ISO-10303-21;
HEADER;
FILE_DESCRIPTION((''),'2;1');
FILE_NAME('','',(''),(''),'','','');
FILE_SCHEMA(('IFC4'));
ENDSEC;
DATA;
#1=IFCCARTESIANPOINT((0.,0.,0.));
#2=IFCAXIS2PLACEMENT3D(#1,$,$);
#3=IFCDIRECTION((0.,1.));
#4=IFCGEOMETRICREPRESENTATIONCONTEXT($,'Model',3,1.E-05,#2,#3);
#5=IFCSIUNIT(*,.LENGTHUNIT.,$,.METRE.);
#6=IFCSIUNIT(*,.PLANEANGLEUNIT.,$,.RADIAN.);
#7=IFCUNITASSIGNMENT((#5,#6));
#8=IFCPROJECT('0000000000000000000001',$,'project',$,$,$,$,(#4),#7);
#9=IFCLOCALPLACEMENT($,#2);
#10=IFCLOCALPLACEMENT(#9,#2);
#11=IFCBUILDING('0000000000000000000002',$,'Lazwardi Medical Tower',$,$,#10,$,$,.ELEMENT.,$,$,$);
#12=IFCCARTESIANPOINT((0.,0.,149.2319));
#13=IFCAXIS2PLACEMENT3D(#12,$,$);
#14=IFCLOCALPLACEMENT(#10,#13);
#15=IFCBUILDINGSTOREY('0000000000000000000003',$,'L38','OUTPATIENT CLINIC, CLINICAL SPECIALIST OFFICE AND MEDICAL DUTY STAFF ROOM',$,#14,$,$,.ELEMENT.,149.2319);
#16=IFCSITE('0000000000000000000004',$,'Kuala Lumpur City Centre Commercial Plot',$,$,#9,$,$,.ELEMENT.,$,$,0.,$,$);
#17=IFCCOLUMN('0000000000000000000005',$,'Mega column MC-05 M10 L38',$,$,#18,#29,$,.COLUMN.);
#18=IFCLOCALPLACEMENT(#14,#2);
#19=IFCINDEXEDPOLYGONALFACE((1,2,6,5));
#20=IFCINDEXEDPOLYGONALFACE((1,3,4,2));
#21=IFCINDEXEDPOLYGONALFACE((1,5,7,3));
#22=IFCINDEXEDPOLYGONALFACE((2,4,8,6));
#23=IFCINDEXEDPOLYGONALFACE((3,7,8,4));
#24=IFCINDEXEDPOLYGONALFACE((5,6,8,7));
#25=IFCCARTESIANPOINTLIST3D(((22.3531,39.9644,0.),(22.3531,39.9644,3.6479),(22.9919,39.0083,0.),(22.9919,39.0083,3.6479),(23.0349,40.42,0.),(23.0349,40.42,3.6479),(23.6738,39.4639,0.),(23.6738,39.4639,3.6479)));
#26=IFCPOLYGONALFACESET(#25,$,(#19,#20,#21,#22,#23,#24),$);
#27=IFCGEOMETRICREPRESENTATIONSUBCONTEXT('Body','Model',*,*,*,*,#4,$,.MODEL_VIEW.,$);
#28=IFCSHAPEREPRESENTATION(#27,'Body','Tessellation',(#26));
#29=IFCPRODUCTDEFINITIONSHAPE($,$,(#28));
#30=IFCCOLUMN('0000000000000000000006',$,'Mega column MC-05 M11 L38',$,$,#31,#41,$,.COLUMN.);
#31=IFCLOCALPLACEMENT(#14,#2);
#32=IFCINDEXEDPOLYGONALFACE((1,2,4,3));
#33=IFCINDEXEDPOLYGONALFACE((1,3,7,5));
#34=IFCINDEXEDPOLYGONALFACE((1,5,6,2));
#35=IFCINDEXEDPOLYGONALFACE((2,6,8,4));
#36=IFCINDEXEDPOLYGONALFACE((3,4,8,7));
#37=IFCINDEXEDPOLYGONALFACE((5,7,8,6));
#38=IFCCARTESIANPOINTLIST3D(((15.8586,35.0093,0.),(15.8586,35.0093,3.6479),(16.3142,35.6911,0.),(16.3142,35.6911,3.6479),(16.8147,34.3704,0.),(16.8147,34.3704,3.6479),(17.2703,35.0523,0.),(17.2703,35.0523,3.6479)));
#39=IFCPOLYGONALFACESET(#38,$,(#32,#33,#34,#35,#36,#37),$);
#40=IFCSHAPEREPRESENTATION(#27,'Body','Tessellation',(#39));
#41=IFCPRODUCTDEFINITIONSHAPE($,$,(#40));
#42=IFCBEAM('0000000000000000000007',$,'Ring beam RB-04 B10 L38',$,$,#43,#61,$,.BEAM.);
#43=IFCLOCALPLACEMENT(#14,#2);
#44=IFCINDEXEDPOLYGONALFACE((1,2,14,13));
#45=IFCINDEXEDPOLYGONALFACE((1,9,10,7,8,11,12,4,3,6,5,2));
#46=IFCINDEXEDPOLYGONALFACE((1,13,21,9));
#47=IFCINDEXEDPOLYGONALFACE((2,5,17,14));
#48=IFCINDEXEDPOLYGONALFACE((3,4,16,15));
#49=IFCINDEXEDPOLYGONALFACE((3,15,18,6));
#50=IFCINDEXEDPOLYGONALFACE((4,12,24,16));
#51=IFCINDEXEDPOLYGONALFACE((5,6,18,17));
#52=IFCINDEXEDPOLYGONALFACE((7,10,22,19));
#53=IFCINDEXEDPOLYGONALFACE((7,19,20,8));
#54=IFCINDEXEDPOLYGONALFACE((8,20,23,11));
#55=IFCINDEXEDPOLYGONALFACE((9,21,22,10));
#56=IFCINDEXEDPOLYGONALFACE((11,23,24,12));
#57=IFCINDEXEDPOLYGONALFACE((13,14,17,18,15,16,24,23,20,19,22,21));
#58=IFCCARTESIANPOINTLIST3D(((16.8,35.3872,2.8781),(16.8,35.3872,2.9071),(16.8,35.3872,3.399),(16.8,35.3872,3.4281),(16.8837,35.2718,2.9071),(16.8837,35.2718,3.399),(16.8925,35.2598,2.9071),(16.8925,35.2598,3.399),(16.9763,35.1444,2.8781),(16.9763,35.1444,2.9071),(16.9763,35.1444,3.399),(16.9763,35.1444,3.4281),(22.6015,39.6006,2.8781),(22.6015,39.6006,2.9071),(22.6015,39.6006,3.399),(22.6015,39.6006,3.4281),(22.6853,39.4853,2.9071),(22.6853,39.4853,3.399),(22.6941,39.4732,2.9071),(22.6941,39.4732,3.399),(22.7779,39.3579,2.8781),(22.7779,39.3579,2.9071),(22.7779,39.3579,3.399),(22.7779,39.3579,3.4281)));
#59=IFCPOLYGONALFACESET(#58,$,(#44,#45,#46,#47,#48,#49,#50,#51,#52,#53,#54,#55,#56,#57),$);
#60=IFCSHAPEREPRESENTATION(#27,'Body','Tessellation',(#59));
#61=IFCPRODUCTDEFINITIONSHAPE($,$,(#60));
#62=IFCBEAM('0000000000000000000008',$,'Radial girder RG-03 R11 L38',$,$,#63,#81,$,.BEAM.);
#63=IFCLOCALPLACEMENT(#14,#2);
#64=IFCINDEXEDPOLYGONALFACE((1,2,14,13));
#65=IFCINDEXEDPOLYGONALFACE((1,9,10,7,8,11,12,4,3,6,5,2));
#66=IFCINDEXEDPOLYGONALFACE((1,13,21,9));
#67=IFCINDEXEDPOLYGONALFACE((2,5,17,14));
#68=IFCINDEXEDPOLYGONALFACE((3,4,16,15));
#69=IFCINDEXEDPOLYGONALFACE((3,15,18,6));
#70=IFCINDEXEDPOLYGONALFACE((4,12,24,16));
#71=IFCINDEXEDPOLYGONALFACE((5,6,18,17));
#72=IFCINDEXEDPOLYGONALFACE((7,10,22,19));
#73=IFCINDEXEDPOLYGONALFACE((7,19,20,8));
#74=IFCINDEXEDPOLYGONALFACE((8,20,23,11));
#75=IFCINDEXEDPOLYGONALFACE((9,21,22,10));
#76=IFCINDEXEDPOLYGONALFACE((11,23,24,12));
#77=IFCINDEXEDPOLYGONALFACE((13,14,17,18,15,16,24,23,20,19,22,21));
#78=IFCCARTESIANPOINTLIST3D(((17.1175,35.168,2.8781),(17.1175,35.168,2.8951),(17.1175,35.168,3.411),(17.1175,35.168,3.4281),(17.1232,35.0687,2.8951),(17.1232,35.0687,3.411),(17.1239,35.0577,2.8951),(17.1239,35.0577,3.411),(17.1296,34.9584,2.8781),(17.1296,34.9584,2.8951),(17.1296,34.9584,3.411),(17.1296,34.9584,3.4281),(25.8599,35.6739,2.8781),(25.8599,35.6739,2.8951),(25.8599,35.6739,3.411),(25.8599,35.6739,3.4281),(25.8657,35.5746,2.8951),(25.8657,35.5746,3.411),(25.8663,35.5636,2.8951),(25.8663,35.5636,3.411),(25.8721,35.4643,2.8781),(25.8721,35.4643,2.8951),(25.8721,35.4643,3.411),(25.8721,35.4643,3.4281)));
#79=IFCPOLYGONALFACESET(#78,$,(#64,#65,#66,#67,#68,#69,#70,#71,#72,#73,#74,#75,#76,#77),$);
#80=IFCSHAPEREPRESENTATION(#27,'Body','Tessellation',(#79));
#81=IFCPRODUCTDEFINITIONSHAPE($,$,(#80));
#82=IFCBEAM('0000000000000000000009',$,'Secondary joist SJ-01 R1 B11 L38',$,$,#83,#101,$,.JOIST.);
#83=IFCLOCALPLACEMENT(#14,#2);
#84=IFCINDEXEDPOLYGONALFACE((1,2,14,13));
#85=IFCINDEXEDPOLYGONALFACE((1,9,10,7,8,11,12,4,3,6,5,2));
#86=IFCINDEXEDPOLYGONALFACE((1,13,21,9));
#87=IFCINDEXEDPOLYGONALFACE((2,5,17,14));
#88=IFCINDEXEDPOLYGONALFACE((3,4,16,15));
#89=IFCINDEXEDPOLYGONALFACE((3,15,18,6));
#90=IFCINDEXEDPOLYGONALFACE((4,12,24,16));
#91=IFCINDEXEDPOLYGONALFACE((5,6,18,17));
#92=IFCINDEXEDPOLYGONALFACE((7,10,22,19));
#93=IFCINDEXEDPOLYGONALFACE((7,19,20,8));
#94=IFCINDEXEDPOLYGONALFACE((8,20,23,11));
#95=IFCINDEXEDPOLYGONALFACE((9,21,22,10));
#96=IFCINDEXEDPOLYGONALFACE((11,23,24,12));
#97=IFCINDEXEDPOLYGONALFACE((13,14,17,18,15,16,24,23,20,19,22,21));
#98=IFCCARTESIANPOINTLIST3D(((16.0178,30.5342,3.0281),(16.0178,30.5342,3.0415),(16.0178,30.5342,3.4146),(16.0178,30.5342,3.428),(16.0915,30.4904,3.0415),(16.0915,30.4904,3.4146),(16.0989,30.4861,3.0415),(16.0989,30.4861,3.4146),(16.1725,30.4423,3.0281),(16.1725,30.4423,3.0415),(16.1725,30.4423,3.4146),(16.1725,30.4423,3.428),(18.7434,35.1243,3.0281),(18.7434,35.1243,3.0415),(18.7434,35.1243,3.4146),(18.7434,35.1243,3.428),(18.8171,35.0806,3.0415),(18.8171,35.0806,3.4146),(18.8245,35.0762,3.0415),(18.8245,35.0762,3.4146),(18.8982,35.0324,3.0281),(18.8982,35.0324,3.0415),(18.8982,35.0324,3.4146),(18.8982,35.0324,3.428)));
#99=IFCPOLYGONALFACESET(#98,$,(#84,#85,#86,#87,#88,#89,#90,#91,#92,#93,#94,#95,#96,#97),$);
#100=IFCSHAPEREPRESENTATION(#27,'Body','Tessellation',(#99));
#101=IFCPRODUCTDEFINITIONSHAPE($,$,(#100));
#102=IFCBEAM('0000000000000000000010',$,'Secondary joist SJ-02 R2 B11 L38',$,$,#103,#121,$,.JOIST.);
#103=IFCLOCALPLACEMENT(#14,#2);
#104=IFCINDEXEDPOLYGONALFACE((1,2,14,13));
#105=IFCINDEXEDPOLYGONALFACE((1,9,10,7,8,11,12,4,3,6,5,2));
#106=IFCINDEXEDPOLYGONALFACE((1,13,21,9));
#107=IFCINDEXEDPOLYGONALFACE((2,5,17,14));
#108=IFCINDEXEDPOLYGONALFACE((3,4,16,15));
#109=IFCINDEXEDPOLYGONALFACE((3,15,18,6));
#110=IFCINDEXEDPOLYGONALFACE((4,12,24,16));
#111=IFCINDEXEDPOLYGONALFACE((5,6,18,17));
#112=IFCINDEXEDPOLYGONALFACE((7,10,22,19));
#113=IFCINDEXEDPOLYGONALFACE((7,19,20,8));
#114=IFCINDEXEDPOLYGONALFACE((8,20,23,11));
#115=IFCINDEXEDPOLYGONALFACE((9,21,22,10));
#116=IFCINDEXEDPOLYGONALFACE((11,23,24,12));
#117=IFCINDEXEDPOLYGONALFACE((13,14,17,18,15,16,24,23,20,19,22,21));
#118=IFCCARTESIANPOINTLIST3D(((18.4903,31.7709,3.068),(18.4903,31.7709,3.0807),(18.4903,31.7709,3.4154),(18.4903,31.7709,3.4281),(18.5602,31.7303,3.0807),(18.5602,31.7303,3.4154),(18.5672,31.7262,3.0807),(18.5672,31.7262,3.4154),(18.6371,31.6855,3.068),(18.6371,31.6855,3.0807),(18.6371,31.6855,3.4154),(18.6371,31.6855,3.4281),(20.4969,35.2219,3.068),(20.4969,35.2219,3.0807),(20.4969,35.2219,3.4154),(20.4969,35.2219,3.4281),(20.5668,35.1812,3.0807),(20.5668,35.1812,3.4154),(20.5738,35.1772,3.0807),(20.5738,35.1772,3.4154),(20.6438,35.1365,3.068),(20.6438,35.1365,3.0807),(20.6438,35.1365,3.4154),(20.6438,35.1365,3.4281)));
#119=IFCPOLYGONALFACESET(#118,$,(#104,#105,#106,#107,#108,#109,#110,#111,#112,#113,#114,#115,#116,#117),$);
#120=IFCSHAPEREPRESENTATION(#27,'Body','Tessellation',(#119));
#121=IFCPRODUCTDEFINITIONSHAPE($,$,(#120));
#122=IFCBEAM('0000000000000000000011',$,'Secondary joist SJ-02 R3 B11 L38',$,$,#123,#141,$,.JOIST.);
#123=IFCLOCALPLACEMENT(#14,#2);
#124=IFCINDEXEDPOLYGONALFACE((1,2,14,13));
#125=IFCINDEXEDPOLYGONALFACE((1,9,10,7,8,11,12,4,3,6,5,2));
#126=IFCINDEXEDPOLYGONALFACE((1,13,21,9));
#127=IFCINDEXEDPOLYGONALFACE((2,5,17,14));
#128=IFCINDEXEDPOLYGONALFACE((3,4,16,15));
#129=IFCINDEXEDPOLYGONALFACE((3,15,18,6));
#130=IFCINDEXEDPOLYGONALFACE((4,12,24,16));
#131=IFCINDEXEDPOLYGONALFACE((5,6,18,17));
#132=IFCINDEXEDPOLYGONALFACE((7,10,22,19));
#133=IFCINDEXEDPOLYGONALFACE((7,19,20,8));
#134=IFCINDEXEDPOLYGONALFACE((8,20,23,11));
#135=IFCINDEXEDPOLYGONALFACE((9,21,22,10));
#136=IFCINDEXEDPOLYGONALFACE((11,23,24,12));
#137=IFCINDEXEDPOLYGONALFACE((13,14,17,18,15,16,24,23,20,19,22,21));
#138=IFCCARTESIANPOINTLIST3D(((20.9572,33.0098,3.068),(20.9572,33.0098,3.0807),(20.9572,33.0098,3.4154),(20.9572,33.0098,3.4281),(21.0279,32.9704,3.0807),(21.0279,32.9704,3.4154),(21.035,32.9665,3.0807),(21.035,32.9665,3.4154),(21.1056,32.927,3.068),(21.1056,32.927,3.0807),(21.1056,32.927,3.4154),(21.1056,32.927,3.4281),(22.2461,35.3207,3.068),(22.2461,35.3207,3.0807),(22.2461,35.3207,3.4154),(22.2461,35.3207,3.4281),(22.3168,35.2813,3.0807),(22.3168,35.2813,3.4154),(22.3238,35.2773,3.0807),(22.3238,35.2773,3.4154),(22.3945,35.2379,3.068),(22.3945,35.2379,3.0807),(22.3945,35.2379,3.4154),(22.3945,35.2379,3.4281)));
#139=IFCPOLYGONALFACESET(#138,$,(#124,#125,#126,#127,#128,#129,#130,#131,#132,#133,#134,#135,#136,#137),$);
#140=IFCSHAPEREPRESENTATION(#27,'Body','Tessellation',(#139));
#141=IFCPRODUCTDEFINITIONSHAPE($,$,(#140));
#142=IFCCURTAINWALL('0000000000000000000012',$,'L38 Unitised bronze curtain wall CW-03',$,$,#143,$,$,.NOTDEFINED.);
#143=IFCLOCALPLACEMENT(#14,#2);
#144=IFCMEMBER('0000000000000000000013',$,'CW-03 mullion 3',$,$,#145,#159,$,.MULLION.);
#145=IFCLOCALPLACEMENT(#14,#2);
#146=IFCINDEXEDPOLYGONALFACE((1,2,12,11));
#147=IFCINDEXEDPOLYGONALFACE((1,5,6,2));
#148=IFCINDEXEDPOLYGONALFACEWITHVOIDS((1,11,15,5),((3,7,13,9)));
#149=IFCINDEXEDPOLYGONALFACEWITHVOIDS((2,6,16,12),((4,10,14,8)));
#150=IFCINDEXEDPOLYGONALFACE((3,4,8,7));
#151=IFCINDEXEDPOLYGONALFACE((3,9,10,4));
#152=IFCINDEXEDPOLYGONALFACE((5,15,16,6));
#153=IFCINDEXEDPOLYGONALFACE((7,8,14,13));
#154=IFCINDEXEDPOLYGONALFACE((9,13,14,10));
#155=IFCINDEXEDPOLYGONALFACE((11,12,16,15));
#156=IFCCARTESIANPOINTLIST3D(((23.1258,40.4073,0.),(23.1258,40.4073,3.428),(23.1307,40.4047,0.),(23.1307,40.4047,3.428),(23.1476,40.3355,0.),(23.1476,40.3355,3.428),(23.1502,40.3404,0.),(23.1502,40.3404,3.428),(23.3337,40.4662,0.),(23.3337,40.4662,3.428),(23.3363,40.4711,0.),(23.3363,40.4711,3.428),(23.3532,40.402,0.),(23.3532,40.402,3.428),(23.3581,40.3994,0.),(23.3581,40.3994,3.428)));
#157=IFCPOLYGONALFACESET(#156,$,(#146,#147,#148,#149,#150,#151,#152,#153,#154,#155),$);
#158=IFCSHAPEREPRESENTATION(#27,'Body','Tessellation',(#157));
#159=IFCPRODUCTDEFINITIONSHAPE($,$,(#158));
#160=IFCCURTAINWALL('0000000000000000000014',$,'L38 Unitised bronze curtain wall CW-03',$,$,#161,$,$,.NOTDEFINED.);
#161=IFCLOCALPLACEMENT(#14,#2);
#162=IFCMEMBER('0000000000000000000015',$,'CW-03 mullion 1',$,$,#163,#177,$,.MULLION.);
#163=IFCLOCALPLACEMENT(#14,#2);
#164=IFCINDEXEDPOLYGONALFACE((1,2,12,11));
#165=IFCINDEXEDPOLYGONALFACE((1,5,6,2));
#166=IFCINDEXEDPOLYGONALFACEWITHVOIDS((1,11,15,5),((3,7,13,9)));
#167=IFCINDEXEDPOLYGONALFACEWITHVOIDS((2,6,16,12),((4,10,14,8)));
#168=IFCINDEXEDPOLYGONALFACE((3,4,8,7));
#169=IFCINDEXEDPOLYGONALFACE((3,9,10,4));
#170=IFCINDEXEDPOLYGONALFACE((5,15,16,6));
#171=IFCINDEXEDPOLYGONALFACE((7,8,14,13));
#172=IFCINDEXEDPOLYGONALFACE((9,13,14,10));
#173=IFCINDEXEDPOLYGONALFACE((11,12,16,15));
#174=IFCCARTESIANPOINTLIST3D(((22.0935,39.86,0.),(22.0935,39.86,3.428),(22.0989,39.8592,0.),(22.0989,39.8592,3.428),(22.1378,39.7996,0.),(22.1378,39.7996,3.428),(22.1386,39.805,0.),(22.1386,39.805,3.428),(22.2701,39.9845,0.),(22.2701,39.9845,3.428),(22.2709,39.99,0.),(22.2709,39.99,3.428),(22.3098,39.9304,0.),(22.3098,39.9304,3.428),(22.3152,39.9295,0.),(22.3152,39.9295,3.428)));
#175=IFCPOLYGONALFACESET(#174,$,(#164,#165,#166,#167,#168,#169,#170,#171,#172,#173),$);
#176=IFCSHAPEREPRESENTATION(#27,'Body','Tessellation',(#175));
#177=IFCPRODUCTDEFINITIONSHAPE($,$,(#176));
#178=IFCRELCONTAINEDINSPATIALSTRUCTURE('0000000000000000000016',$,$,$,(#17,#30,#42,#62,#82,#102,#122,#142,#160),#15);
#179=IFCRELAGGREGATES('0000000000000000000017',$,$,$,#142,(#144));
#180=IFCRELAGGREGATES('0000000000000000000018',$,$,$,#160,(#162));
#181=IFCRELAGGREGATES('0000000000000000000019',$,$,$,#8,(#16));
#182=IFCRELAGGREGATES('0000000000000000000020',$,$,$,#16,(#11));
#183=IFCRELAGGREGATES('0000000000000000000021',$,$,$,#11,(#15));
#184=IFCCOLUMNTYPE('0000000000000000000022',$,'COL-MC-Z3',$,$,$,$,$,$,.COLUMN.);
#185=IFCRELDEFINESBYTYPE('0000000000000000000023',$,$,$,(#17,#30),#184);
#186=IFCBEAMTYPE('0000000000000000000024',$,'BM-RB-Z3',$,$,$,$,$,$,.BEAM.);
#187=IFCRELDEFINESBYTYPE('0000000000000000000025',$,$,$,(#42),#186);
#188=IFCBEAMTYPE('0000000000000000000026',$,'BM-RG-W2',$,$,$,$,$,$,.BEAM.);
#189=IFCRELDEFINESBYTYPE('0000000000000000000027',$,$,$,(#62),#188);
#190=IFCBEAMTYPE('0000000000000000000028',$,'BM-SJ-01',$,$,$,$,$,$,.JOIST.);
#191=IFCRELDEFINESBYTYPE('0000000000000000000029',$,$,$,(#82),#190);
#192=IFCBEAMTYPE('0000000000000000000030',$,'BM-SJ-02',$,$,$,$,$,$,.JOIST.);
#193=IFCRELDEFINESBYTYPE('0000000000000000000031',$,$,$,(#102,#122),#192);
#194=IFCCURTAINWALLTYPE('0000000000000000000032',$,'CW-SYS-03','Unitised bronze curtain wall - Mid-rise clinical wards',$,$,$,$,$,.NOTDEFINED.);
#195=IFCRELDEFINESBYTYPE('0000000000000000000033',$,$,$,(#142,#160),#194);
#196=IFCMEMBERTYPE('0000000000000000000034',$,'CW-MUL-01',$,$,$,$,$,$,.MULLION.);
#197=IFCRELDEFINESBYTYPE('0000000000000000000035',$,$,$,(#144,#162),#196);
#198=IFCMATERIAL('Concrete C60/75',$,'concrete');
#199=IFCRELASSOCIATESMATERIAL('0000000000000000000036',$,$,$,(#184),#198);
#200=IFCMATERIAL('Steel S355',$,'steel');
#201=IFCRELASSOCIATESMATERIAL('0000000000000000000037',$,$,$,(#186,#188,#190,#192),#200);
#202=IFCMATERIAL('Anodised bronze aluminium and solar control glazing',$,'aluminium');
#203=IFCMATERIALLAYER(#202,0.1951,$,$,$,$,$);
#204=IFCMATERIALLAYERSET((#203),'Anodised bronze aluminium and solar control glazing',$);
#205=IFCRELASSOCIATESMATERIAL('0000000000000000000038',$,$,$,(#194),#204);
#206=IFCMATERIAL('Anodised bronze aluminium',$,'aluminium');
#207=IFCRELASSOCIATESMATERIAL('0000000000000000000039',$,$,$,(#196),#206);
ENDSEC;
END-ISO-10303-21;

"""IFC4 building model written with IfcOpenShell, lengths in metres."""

from ifc_helpers import new_model, si_unit, direction, frame, origin, origin_2d, place, context, subcontext, project, spatial, rectangle, hollow_rectangle, i_section, extrude, material, layer, layer_set, material_profile, profile_set, type_object, element, aggregate, save


model = new_model("IFC4")

# Units and contexts
model_context = context("Model", 3, precision=1e-05, world=origin(), true_north=direction((0.0, 1.0)))
body_context = subcontext(model_context, "Body", "Model", "MODEL_VIEW")
ifc_project = project(units=[si_unit("LENGTHUNIT", "METRE"), si_unit("PLANEANGLEUNIT", "RADIAN")], contexts=[model_context])

# Site, building, storey
site_placement = place(None, origin())
site = spatial("IfcSite", under=ifc_project, at=site_placement, Name="Kuala Lumpur City Centre Commercial Plot", CompositionType="ELEMENT", RefElevation=0.0)
building_placement = place(site_placement, origin())
building = spatial("IfcBuilding", under=site, at=building_placement, Name="Lazwardi Medical Tower", CompositionType="ELEMENT")
storey_placement = place(building_placement, frame((0.0, 0.0, 149.2319)))
storey = spatial("IfcBuildingStorey", under=building, at=storey_placement, Name="L38", Description="OUTPATIENT CLINIC, CLINICAL SPECIALIST OFFICE AND MEDICAL DUTY STAFF ROOM", CompositionType="ELEMENT", Elevation=149.2319)

# Columns
ifc_material_1 = material(Name="Concrete C60/75", Category="concrete")
ifc_material_profile_1 = material_profile(ifc_material_1, rectangle(XDim=1.1499, YDim=0.8201, at=origin_2d()), Name="CFT-RECT 1150x820")
ifc_profile_set_1 = profile_set([ifc_material_profile_1], Name="Concrete C60/75")
column_type = type_object("IfcColumnType", Name="COL-MC-Z3", PredefinedType="COLUMN", material=ifc_profile_set_1)
for number, where, z_axis, x_axis, name in (
    (1, (23.0134, 39.7141, 0.0), (0.0, 0.0, 1.0), (-0.55557, 0.83147, 0.0), "Mega column MC-05 M10 L38"),
    (2, (16.5645, 35.0308, 0.0), (0.0, 0.0, 1.0), (-0.83147, 0.55557, 0.0), "Mega column MC-05 M11 L38"),
):
    element("IfcColumn", number, at=place(storey_placement, frame(where, z_axis=z_axis, x_axis=x_axis)), inside=storey, type_object=column_type, Name=name, PredefinedType="COLUMN", context=body_context, shape_type="SweptSolid", body=[
        extrude(rectangle(XDim=1.1499, YDim=0.8201, at=origin_2d()), origin(), (0.0, 0.0, 1.0), 3.6479),
    ])

# Beams
ifc_material_2 = material(Name="Steel S355", Category="steel")
ifc_material_profile_2 = material_profile(ifc_material_2, i_section(OverallWidth=0.3, OverallDepth=0.55, WebThickness=0.0149, FlangeThickness=0.0291, at=origin_2d()), Name="HEB 550")
ifc_profile_set_2 = profile_set([ifc_material_profile_2], Name="Steel S355")
beam_type_1 = type_object("IfcBeamType", Name="BM-RB-Z3", PredefinedType="BEAM", material=ifc_profile_set_2)
beam_1_placement = place(storey_placement, frame((22.6897, 39.4792, 3.1531), z_axis=(-0.809128, -0.587633, 0.0), x_axis=(0.587633, -0.809128, 0.0)))
element("IfcBeam", 3, at=beam_1_placement, inside=storey, type_object=beam_type_1, Name="Ring beam RB-04 B10 L38", PredefinedType="BEAM", context=body_context, shape_type="SweptSolid", body=[
    extrude(i_section(OverallWidth=0.3, OverallDepth=0.55, WebThickness=0.0149, FlangeThickness=0.0291, at=origin_2d()), origin(), (0.0, 0.0, 1.0), 7.1702),
])
ifc_material_profile_3 = material_profile(ifc_material_2, i_section(OverallWidth=0.21, OverallDepth=0.55, WebThickness=0.011, FlangeThickness=0.0171, at=origin_2d()), Name="IPE 550")
ifc_profile_set_3 = profile_set([ifc_material_profile_3], Name="Steel S355")
beam_type_2 = type_object("IfcBeamType", Name="BM-RG-W2", PredefinedType="BEAM", material=ifc_profile_set_3)
beam_2_placement = place(storey_placement, frame((17.1235, 35.0632, 3.1531), z_axis=(0.99833, 0.057766, 0.0), x_axis=(-0.057766, 0.99833, 0.0)))
element("IfcBeam", 4, at=beam_2_placement, inside=storey, type_object=beam_type_2, Name="Radial girder RG-03 R11 L38", PredefinedType="BEAM", context=body_context, shape_type="SweptSolid", body=[
    extrude(i_section(OverallWidth=0.21, OverallDepth=0.55, WebThickness=0.011, FlangeThickness=0.0171, at=origin_2d()), origin(), (0.0, 0.0, 1.0), 8.7571),
])
ifc_material_profile_4 = material_profile(ifc_material_2, i_section(OverallWidth=0.1799, OverallDepth=0.3999, WebThickness=0.0085, FlangeThickness=0.0134, at=origin_2d()), Name="IPE 400")
ifc_profile_set_4 = profile_set([ifc_material_profile_4], Name="Steel S355")
beam_type_3 = type_object("IfcBeamType", Name="BM-SJ-01", PredefinedType="JOIST", material=ifc_profile_set_4)
beam_3_placement = place(storey_placement, frame((18.8208, 35.0784, 3.228), z_axis=(-0.510569, -0.859837, 0.0), x_axis=(0.859837, -0.510569, 0.0)))
element("IfcBeam", 5, at=beam_3_placement, inside=storey, type_object=beam_type_3, Name="Secondary joist SJ-01 R1 B11 L38", PredefinedType="JOIST", context=body_context, shape_type="SweptSolid", body=[
    extrude(i_section(OverallWidth=0.1799, OverallDepth=0.3999, WebThickness=0.0085, FlangeThickness=0.0134, at=origin_2d()), origin(), (0.0, 0.0, 1.0), 5.3384),
])
ifc_material_profile_5 = material_profile(ifc_material_2, i_section(OverallWidth=0.1699, OverallDepth=0.3601, WebThickness=0.0081, FlangeThickness=0.0127, at=origin_2d()), Name="IPE 360")
ifc_profile_set_5 = profile_set([ifc_material_profile_5], Name="Steel S355")
beam_type_4 = type_object("IfcBeamType", Name="BM-SJ-02", PredefinedType="JOIST", material=ifc_profile_set_5)
beam_4_placement = place(storey_placement, frame((20.5703, 35.1792, 3.248), z_axis=(-0.502665, -0.864481, 0.0), x_axis=(0.864481, -0.502665, 0.0)))
element("IfcBeam", 6, at=beam_4_placement, inside=storey, type_object=beam_type_4, Name="Secondary joist SJ-02 R2 B11 L38", PredefinedType="JOIST", context=body_context, shape_type="SweptSolid", body=[
    extrude(i_section(OverallWidth=0.1699, OverallDepth=0.3601, WebThickness=0.0081, FlangeThickness=0.0127, at=origin_2d()), origin(), (0.0, 0.0, 1.0), 3.9919),
])
beam_5_placement = place(storey_placement, frame((22.3203, 35.2793, 3.248), z_axis=(-0.487099, -0.873347, 0.0), x_axis=(0.873347, -0.487099, 0.0)))
element("IfcBeam", 7, at=beam_5_placement, inside=storey, type_object=beam_type_4, Name="Secondary joist SJ-02 R3 B11 L38", PredefinedType="JOIST", context=body_context, shape_type="SweptSolid", body=[
    extrude(i_section(OverallWidth=0.1699, OverallDepth=0.3601, WebThickness=0.0081, FlangeThickness=0.0127, at=origin_2d()), origin(), (0.0, 0.0, 1.0), 2.646),
])

# Curtain wall, member
ifc_material_3 = material(Name="Anodised bronze aluminium and solar control glazing", Category="aluminium")
ifc_layer_1 = layer(ifc_material_3, 0.1951)
ifc_layer_set_1 = layer_set([ifc_layer_1], Name="Anodised bronze aluminium and solar control glazing")
curtain_wall_type = type_object("IfcCurtainWallType", Name="CW-SYS-03", Description="Unitised bronze curtain wall - Mid-rise clinical wards", PredefinedType="NOTDEFINED", material=ifc_layer_set_1)
curtain_wall_1_placement = place(storey_placement, origin())
curtain_wall_1 = element("IfcCurtainWall", 8, at=curtain_wall_1_placement, inside=storey, type_object=curtain_wall_type, Name="L38 Unitised bronze curtain wall CW-03", PredefinedType="NOTDEFINED")
ifc_material_4 = material(Name="Anodised bronze aluminium", Category="aluminium")
ifc_material_profile_6 = material_profile(ifc_material_4, hollow_rectangle(XDim=0.075, YDim=0.22, WallThickness=0.0039, at=origin_2d()), Name="ALU-MULLION 220x75x4")
ifc_profile_set_6 = profile_set([ifc_material_profile_6], Name="Anodised bronze aluminium")
member_type_1 = type_object("IfcMemberType", Name="CW-MUL-01", PredefinedType="MULLION", material=ifc_profile_set_6)
member_1_placement = place(storey_placement, frame((23.2419, 40.4033, 0.0), z_axis=(0.0, 0.0, 1.0), x_axis=(0.290281, -0.956942, 0.0)))
member_1 = element("IfcMember", 9, at=member_1_placement, type_object=member_type_1, Name="CW-03 mullion 3", PredefinedType="MULLION", context=body_context, shape_type="SweptSolid", body=[
    extrude(hollow_rectangle(XDim=0.075, YDim=0.22, WallThickness=0.0039, at=origin_2d()), origin(), (0.0, 0.0, 1.0), 3.428),
])
aggregate(curtain_wall_1, [member_1])

# Curtain wall, member
curtain_wall_2_placement = place(storey_placement, origin())
curtain_wall_2 = element("IfcCurtainWall", 10, at=curtain_wall_2_placement, inside=storey, type_object=curtain_wall_type, Name="L38 Unitised bronze curtain wall CW-03", PredefinedType="NOTDEFINED")
member_2_placement = place(storey_placement, frame((22.2043, 39.8948, 0.0), z_axis=(0.0, 0.0, 1.0), x_axis=(0.590834, -0.806793, 0.0)))
member_2 = element("IfcMember", 11, at=member_2_placement, type_object=member_type_1, Name="CW-03 mullion 1", PredefinedType="MULLION", context=body_context, shape_type="SweptSolid", body=[
    extrude(hollow_rectangle(XDim=0.075, YDim=0.22, WallThickness=0.0039, at=origin_2d()), origin(), (0.0, 0.0, 1.0), 3.428),
])

aggregate(curtain_wall_2, [member_2])

save(model, "model.ifc")
